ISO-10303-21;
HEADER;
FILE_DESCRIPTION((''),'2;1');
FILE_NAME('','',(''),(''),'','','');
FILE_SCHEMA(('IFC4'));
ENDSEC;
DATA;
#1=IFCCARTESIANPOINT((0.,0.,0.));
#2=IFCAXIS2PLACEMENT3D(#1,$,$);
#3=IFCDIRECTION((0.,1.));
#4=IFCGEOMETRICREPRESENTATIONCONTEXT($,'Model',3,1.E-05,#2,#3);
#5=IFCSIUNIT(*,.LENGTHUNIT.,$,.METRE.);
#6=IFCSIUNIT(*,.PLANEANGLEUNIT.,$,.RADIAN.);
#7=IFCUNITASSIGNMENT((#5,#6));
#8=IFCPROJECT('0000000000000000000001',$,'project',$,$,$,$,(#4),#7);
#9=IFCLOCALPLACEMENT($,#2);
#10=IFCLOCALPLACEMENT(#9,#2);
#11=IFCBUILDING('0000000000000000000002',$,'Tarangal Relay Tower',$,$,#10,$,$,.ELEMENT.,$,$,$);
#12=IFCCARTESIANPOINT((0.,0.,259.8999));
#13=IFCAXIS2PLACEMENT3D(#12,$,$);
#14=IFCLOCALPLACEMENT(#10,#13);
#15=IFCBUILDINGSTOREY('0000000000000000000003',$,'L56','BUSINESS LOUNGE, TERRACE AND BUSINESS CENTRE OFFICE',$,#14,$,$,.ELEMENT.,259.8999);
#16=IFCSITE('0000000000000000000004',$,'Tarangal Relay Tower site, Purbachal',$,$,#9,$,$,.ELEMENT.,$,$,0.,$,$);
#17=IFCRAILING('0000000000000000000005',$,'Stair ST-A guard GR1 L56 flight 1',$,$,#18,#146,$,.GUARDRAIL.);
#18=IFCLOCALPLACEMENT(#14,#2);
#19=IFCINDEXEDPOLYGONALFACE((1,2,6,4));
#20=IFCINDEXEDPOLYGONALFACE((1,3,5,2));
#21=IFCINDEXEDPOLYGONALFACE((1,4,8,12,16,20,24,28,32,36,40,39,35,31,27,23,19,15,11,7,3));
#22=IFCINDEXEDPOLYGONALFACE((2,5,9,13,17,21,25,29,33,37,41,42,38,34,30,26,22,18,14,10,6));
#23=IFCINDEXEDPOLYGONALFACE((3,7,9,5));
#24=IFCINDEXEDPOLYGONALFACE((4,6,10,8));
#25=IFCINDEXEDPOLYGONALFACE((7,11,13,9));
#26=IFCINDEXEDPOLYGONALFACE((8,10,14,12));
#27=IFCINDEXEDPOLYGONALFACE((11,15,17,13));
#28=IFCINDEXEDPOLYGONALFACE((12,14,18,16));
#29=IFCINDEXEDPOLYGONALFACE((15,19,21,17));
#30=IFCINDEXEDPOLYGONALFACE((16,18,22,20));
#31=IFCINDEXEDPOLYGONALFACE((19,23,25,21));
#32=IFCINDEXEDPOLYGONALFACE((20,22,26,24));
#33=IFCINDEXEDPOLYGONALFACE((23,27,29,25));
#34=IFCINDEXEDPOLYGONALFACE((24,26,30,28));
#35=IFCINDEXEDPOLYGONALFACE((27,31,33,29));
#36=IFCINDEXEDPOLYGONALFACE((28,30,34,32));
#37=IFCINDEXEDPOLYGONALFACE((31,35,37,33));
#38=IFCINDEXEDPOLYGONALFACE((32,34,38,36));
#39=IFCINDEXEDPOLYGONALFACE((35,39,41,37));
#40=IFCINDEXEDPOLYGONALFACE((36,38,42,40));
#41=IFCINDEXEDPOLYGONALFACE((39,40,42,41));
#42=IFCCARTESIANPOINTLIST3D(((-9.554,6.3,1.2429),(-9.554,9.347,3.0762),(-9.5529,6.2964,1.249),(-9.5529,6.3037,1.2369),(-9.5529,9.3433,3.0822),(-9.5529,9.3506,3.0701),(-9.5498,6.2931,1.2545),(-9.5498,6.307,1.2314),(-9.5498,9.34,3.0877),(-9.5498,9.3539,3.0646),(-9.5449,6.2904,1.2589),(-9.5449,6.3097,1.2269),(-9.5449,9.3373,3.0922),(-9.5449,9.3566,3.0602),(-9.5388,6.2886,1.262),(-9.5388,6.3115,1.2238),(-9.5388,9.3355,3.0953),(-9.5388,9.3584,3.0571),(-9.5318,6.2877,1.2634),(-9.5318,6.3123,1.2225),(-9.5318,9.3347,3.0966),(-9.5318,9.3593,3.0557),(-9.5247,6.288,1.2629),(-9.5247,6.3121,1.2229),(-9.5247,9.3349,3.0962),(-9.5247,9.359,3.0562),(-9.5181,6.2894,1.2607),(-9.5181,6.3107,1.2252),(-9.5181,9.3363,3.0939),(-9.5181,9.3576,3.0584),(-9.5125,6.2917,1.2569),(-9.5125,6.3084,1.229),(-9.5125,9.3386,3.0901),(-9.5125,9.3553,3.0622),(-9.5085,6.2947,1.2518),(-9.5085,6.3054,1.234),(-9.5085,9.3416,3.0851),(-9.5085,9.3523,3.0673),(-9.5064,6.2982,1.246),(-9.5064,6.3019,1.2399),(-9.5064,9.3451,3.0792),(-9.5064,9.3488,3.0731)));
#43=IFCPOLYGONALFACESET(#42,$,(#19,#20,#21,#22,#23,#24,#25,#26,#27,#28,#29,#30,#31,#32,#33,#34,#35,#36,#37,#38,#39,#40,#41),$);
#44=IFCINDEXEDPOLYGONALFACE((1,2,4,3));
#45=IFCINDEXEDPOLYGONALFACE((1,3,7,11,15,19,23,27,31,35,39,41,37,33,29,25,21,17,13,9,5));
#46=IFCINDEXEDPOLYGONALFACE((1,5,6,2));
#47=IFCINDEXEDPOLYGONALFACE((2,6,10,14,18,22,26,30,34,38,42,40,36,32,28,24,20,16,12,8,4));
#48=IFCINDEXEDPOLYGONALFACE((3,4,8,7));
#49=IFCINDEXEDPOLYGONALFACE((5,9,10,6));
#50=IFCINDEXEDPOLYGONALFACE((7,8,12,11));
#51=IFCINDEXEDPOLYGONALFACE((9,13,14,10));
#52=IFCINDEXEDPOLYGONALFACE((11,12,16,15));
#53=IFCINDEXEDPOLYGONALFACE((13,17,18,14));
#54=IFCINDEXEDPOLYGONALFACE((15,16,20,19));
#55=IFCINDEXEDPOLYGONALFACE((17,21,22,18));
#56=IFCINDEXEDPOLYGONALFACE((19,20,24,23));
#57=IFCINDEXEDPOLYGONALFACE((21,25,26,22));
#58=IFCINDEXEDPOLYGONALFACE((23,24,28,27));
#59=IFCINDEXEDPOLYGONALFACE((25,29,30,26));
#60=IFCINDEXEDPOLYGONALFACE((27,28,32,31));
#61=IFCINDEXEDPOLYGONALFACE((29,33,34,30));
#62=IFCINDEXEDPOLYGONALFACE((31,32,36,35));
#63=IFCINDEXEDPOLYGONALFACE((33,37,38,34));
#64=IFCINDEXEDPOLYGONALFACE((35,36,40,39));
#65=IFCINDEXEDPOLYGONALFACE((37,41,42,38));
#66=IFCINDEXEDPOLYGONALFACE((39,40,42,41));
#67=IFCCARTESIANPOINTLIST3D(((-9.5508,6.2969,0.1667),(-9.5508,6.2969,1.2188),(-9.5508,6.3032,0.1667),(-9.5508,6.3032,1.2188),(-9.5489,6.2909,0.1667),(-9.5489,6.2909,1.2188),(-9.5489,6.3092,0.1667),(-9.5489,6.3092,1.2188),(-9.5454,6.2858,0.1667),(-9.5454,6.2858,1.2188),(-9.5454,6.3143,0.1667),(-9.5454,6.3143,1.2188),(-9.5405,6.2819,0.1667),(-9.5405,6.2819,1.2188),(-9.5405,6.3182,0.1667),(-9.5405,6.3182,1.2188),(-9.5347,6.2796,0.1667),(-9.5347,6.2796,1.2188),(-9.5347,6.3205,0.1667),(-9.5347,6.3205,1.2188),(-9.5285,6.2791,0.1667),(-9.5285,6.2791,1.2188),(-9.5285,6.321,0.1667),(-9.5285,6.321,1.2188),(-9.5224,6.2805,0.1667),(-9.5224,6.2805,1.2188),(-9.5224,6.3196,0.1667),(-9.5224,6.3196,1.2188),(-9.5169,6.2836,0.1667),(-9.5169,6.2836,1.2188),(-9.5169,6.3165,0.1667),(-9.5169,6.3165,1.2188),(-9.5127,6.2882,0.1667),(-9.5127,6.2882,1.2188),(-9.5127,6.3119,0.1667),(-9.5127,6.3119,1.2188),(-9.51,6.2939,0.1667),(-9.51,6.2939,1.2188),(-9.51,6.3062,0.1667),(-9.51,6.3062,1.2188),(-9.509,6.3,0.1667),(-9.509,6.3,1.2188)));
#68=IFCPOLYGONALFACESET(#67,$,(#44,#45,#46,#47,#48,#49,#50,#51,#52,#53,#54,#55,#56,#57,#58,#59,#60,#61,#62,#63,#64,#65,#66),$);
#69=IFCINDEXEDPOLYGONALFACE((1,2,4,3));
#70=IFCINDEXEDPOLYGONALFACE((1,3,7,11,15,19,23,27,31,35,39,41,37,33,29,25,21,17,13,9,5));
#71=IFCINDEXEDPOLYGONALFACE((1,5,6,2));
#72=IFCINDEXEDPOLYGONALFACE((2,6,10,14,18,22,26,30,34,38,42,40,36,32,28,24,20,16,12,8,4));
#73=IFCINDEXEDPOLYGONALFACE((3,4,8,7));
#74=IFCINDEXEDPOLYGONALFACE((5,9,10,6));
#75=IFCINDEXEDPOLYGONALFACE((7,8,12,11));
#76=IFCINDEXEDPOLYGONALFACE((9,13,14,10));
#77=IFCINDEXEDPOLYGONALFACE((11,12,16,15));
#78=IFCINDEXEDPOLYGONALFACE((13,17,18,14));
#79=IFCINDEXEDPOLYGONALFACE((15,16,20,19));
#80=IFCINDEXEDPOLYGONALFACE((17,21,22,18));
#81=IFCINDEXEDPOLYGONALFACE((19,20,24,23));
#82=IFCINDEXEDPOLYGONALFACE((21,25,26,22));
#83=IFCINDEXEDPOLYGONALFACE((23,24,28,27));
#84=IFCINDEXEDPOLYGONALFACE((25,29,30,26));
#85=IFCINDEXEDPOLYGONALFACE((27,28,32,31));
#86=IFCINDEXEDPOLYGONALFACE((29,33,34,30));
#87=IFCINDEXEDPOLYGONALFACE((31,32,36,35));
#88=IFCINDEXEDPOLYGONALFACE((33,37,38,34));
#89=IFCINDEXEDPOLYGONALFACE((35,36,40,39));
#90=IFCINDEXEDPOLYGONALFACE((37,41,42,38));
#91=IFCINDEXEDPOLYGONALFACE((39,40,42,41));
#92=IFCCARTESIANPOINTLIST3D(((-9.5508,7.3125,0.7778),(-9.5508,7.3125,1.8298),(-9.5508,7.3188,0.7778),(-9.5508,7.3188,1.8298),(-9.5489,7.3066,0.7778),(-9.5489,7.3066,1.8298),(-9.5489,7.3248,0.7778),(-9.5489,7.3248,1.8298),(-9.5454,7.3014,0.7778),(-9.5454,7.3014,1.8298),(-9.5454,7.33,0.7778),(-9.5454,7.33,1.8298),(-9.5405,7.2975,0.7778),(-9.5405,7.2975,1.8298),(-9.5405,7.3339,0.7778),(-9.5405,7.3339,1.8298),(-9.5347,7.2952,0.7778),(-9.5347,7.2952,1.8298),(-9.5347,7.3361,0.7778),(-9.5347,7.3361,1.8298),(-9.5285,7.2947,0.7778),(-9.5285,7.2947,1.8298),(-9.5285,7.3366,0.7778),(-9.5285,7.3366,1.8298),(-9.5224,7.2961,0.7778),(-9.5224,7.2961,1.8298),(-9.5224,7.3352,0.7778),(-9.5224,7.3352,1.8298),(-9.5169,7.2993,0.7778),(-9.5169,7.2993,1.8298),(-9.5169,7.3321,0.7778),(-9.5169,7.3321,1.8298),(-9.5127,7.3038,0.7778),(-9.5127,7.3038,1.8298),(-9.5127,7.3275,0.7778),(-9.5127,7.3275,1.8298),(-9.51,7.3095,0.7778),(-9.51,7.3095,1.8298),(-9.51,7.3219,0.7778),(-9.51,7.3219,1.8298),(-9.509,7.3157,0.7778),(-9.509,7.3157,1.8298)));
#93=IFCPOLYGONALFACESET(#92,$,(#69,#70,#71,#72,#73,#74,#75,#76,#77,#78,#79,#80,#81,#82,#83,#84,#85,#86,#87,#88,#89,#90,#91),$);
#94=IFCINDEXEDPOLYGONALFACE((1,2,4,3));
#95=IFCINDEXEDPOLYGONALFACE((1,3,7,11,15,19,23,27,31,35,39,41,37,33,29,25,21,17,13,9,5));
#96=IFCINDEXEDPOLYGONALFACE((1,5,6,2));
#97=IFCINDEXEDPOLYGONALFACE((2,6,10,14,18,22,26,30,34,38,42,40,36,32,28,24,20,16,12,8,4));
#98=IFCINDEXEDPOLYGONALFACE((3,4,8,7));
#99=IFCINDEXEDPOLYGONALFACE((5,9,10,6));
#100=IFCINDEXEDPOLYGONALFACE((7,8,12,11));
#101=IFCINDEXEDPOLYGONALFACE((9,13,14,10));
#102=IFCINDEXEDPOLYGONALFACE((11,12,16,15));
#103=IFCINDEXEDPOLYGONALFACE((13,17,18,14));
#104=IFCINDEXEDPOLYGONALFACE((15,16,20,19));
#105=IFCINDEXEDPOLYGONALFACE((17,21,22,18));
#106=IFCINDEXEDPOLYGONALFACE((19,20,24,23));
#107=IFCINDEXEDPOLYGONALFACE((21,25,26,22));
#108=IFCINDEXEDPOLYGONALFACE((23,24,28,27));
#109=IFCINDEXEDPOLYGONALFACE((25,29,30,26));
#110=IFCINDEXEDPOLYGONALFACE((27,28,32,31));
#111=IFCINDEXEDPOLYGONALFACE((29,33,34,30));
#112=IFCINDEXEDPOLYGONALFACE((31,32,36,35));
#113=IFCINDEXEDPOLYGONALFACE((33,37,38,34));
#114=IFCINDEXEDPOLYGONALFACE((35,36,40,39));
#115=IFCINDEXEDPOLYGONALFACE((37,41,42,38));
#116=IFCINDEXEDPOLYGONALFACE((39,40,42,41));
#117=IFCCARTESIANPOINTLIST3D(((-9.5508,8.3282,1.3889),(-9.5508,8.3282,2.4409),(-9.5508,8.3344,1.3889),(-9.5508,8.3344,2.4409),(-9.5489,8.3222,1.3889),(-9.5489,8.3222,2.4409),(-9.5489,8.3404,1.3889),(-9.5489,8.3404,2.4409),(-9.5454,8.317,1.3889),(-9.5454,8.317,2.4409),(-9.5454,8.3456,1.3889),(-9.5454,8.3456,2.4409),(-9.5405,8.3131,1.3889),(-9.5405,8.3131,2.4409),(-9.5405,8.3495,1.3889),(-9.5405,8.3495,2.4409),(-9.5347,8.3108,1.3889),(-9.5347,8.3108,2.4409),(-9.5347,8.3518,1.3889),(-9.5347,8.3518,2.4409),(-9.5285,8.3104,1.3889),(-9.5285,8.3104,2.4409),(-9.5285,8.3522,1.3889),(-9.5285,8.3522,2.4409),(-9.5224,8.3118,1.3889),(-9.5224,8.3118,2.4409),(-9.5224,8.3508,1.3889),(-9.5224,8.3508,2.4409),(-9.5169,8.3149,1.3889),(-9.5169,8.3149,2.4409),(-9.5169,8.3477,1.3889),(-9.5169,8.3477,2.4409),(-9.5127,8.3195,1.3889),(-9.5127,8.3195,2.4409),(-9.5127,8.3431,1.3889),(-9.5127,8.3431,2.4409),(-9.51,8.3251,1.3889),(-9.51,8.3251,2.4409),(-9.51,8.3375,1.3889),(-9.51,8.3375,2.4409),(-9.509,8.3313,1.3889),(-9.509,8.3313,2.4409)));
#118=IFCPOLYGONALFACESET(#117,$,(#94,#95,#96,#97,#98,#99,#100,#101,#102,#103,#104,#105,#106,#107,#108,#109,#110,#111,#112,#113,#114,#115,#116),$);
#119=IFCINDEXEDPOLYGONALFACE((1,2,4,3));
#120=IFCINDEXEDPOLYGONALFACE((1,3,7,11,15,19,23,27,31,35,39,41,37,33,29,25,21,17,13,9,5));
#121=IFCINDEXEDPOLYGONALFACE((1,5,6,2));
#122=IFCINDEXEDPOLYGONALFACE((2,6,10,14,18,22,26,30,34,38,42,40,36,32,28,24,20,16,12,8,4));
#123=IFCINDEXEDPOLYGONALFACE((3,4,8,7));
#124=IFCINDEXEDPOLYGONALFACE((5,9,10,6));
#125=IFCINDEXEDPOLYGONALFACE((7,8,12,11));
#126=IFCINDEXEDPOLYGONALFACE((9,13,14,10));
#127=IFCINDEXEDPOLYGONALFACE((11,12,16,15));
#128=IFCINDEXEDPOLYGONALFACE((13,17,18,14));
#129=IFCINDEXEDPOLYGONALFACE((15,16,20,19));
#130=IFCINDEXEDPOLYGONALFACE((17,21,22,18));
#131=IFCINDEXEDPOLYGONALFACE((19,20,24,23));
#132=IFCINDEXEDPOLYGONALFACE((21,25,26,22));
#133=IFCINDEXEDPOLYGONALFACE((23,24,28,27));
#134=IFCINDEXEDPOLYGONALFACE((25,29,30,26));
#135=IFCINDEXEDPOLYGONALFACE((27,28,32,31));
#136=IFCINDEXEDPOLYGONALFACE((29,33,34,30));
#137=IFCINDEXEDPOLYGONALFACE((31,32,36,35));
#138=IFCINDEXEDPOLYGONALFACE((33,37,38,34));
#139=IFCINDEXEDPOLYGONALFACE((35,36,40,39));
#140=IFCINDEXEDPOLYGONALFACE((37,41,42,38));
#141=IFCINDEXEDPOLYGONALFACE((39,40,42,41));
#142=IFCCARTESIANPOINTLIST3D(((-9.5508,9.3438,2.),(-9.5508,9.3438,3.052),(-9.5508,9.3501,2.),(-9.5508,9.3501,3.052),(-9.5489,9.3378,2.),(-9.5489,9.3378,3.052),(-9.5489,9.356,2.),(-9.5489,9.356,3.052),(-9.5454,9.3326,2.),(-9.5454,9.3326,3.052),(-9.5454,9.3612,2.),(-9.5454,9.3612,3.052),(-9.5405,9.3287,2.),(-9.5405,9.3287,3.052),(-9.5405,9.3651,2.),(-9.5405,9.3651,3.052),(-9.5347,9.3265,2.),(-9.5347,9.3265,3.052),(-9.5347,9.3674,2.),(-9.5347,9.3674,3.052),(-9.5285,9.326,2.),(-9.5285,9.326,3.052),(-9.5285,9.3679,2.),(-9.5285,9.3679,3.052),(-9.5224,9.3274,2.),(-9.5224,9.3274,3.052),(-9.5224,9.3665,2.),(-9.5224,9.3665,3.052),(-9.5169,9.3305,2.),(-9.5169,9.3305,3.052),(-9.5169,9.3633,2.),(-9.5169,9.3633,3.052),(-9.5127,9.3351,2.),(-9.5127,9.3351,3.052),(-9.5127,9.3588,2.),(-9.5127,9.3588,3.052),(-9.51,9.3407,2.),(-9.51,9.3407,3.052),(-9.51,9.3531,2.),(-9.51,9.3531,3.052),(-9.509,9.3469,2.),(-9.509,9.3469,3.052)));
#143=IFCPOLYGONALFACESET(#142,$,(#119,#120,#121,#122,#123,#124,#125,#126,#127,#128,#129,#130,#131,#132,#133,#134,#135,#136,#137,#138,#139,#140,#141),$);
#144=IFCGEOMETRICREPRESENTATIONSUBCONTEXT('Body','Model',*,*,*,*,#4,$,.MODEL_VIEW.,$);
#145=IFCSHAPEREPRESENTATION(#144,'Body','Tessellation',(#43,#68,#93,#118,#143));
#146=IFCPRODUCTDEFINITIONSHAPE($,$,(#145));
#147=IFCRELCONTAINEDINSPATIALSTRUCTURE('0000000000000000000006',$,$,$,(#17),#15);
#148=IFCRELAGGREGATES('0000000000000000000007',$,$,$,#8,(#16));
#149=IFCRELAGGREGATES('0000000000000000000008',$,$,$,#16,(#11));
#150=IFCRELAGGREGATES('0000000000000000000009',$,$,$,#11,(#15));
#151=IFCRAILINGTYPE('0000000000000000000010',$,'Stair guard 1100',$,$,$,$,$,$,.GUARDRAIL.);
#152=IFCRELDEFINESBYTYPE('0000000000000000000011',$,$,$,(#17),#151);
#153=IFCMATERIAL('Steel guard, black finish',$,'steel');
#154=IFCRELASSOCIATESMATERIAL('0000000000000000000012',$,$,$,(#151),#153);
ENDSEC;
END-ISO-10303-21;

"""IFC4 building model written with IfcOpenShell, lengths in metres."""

from ifc_helpers import new_model, si_unit, direction, frame, origin, origin_2d, place, context, subcontext, project, spatial, circle, extrude, material, type_object, element, save


model = new_model("IFC4")

# Units and contexts
model_context = context("Model", 3, precision=1e-05, world=origin(), true_north=direction((0.0, 1.0)))
body_context = subcontext(model_context, "Body", "Model", "MODEL_VIEW")
ifc_project = project(units=[si_unit("LENGTHUNIT", "METRE"), si_unit("PLANEANGLEUNIT", "RADIAN")], contexts=[model_context])

# Site, building, storey
site_placement = place(None, origin())
site = spatial("IfcSite", under=ifc_project, at=site_placement, Name="Tarangal Relay Tower site, Purbachal", CompositionType="ELEMENT", RefElevation=0.0)
building_placement = place(site_placement, origin())
building = spatial("IfcBuilding", under=site, at=building_placement, Name="Tarangal Relay Tower", CompositionType="ELEMENT")
storey_placement = place(building_placement, frame((0.0, 0.0, 259.8999)))
storey = spatial("IfcBuildingStorey", under=building, at=storey_placement, Name="L56", Description="BUSINESS LOUNGE, TERRACE AND BUSINESS CENTRE OFFICE", CompositionType="ELEMENT", Elevation=259.8999)

# Railing
ifc_material_1 = material(Name="Steel guard, black finish", Category="steel")
railing_type_1 = type_object("IfcRailingType", Name="Stair guard 1100", PredefinedType="GUARDRAIL", material=ifc_material_1)
railing_1_placement = place(storey_placement, frame((-9.53, 6.3, 0.1667)))
element("IfcRailing", 1, at=railing_1_placement, inside=storey, type_object=railing_type_1, Name="Stair ST-A guard GR1 L56 flight 1", PredefinedType="GUARDRAIL", context=body_context, shape_type="SweptSolid", body=[
    extrude(circle(Radius=0.0239, at=origin_2d()), frame((0.0, 0.0, 1.0762), z_axis=(0.0, 0.856856, 0.515556), x_axis=(-1.0, 0.0, 0.0)), (0.0, 0.0, 1.0), 3.5559),
    extrude(circle(Radius=0.021, at=origin_2d()), origin(), (0.0, 0.0, 1.0), 1.052),
    extrude(circle(Radius=0.021, at=origin_2d()), frame((0.0, 1.0156, 0.6111)), (0.0, 0.0, 1.0), 1.052),
    extrude(circle(Radius=0.021, at=origin_2d()), frame((0.0, 2.0312, 1.2222)), (0.0, 0.0, 1.0), 1.052),
    extrude(circle(Radius=0.021, at=origin_2d()), frame((0.0, 3.0469, 1.8333)), (0.0, 0.0, 1.0), 1.052),
])

save(model, "model.ifc")
